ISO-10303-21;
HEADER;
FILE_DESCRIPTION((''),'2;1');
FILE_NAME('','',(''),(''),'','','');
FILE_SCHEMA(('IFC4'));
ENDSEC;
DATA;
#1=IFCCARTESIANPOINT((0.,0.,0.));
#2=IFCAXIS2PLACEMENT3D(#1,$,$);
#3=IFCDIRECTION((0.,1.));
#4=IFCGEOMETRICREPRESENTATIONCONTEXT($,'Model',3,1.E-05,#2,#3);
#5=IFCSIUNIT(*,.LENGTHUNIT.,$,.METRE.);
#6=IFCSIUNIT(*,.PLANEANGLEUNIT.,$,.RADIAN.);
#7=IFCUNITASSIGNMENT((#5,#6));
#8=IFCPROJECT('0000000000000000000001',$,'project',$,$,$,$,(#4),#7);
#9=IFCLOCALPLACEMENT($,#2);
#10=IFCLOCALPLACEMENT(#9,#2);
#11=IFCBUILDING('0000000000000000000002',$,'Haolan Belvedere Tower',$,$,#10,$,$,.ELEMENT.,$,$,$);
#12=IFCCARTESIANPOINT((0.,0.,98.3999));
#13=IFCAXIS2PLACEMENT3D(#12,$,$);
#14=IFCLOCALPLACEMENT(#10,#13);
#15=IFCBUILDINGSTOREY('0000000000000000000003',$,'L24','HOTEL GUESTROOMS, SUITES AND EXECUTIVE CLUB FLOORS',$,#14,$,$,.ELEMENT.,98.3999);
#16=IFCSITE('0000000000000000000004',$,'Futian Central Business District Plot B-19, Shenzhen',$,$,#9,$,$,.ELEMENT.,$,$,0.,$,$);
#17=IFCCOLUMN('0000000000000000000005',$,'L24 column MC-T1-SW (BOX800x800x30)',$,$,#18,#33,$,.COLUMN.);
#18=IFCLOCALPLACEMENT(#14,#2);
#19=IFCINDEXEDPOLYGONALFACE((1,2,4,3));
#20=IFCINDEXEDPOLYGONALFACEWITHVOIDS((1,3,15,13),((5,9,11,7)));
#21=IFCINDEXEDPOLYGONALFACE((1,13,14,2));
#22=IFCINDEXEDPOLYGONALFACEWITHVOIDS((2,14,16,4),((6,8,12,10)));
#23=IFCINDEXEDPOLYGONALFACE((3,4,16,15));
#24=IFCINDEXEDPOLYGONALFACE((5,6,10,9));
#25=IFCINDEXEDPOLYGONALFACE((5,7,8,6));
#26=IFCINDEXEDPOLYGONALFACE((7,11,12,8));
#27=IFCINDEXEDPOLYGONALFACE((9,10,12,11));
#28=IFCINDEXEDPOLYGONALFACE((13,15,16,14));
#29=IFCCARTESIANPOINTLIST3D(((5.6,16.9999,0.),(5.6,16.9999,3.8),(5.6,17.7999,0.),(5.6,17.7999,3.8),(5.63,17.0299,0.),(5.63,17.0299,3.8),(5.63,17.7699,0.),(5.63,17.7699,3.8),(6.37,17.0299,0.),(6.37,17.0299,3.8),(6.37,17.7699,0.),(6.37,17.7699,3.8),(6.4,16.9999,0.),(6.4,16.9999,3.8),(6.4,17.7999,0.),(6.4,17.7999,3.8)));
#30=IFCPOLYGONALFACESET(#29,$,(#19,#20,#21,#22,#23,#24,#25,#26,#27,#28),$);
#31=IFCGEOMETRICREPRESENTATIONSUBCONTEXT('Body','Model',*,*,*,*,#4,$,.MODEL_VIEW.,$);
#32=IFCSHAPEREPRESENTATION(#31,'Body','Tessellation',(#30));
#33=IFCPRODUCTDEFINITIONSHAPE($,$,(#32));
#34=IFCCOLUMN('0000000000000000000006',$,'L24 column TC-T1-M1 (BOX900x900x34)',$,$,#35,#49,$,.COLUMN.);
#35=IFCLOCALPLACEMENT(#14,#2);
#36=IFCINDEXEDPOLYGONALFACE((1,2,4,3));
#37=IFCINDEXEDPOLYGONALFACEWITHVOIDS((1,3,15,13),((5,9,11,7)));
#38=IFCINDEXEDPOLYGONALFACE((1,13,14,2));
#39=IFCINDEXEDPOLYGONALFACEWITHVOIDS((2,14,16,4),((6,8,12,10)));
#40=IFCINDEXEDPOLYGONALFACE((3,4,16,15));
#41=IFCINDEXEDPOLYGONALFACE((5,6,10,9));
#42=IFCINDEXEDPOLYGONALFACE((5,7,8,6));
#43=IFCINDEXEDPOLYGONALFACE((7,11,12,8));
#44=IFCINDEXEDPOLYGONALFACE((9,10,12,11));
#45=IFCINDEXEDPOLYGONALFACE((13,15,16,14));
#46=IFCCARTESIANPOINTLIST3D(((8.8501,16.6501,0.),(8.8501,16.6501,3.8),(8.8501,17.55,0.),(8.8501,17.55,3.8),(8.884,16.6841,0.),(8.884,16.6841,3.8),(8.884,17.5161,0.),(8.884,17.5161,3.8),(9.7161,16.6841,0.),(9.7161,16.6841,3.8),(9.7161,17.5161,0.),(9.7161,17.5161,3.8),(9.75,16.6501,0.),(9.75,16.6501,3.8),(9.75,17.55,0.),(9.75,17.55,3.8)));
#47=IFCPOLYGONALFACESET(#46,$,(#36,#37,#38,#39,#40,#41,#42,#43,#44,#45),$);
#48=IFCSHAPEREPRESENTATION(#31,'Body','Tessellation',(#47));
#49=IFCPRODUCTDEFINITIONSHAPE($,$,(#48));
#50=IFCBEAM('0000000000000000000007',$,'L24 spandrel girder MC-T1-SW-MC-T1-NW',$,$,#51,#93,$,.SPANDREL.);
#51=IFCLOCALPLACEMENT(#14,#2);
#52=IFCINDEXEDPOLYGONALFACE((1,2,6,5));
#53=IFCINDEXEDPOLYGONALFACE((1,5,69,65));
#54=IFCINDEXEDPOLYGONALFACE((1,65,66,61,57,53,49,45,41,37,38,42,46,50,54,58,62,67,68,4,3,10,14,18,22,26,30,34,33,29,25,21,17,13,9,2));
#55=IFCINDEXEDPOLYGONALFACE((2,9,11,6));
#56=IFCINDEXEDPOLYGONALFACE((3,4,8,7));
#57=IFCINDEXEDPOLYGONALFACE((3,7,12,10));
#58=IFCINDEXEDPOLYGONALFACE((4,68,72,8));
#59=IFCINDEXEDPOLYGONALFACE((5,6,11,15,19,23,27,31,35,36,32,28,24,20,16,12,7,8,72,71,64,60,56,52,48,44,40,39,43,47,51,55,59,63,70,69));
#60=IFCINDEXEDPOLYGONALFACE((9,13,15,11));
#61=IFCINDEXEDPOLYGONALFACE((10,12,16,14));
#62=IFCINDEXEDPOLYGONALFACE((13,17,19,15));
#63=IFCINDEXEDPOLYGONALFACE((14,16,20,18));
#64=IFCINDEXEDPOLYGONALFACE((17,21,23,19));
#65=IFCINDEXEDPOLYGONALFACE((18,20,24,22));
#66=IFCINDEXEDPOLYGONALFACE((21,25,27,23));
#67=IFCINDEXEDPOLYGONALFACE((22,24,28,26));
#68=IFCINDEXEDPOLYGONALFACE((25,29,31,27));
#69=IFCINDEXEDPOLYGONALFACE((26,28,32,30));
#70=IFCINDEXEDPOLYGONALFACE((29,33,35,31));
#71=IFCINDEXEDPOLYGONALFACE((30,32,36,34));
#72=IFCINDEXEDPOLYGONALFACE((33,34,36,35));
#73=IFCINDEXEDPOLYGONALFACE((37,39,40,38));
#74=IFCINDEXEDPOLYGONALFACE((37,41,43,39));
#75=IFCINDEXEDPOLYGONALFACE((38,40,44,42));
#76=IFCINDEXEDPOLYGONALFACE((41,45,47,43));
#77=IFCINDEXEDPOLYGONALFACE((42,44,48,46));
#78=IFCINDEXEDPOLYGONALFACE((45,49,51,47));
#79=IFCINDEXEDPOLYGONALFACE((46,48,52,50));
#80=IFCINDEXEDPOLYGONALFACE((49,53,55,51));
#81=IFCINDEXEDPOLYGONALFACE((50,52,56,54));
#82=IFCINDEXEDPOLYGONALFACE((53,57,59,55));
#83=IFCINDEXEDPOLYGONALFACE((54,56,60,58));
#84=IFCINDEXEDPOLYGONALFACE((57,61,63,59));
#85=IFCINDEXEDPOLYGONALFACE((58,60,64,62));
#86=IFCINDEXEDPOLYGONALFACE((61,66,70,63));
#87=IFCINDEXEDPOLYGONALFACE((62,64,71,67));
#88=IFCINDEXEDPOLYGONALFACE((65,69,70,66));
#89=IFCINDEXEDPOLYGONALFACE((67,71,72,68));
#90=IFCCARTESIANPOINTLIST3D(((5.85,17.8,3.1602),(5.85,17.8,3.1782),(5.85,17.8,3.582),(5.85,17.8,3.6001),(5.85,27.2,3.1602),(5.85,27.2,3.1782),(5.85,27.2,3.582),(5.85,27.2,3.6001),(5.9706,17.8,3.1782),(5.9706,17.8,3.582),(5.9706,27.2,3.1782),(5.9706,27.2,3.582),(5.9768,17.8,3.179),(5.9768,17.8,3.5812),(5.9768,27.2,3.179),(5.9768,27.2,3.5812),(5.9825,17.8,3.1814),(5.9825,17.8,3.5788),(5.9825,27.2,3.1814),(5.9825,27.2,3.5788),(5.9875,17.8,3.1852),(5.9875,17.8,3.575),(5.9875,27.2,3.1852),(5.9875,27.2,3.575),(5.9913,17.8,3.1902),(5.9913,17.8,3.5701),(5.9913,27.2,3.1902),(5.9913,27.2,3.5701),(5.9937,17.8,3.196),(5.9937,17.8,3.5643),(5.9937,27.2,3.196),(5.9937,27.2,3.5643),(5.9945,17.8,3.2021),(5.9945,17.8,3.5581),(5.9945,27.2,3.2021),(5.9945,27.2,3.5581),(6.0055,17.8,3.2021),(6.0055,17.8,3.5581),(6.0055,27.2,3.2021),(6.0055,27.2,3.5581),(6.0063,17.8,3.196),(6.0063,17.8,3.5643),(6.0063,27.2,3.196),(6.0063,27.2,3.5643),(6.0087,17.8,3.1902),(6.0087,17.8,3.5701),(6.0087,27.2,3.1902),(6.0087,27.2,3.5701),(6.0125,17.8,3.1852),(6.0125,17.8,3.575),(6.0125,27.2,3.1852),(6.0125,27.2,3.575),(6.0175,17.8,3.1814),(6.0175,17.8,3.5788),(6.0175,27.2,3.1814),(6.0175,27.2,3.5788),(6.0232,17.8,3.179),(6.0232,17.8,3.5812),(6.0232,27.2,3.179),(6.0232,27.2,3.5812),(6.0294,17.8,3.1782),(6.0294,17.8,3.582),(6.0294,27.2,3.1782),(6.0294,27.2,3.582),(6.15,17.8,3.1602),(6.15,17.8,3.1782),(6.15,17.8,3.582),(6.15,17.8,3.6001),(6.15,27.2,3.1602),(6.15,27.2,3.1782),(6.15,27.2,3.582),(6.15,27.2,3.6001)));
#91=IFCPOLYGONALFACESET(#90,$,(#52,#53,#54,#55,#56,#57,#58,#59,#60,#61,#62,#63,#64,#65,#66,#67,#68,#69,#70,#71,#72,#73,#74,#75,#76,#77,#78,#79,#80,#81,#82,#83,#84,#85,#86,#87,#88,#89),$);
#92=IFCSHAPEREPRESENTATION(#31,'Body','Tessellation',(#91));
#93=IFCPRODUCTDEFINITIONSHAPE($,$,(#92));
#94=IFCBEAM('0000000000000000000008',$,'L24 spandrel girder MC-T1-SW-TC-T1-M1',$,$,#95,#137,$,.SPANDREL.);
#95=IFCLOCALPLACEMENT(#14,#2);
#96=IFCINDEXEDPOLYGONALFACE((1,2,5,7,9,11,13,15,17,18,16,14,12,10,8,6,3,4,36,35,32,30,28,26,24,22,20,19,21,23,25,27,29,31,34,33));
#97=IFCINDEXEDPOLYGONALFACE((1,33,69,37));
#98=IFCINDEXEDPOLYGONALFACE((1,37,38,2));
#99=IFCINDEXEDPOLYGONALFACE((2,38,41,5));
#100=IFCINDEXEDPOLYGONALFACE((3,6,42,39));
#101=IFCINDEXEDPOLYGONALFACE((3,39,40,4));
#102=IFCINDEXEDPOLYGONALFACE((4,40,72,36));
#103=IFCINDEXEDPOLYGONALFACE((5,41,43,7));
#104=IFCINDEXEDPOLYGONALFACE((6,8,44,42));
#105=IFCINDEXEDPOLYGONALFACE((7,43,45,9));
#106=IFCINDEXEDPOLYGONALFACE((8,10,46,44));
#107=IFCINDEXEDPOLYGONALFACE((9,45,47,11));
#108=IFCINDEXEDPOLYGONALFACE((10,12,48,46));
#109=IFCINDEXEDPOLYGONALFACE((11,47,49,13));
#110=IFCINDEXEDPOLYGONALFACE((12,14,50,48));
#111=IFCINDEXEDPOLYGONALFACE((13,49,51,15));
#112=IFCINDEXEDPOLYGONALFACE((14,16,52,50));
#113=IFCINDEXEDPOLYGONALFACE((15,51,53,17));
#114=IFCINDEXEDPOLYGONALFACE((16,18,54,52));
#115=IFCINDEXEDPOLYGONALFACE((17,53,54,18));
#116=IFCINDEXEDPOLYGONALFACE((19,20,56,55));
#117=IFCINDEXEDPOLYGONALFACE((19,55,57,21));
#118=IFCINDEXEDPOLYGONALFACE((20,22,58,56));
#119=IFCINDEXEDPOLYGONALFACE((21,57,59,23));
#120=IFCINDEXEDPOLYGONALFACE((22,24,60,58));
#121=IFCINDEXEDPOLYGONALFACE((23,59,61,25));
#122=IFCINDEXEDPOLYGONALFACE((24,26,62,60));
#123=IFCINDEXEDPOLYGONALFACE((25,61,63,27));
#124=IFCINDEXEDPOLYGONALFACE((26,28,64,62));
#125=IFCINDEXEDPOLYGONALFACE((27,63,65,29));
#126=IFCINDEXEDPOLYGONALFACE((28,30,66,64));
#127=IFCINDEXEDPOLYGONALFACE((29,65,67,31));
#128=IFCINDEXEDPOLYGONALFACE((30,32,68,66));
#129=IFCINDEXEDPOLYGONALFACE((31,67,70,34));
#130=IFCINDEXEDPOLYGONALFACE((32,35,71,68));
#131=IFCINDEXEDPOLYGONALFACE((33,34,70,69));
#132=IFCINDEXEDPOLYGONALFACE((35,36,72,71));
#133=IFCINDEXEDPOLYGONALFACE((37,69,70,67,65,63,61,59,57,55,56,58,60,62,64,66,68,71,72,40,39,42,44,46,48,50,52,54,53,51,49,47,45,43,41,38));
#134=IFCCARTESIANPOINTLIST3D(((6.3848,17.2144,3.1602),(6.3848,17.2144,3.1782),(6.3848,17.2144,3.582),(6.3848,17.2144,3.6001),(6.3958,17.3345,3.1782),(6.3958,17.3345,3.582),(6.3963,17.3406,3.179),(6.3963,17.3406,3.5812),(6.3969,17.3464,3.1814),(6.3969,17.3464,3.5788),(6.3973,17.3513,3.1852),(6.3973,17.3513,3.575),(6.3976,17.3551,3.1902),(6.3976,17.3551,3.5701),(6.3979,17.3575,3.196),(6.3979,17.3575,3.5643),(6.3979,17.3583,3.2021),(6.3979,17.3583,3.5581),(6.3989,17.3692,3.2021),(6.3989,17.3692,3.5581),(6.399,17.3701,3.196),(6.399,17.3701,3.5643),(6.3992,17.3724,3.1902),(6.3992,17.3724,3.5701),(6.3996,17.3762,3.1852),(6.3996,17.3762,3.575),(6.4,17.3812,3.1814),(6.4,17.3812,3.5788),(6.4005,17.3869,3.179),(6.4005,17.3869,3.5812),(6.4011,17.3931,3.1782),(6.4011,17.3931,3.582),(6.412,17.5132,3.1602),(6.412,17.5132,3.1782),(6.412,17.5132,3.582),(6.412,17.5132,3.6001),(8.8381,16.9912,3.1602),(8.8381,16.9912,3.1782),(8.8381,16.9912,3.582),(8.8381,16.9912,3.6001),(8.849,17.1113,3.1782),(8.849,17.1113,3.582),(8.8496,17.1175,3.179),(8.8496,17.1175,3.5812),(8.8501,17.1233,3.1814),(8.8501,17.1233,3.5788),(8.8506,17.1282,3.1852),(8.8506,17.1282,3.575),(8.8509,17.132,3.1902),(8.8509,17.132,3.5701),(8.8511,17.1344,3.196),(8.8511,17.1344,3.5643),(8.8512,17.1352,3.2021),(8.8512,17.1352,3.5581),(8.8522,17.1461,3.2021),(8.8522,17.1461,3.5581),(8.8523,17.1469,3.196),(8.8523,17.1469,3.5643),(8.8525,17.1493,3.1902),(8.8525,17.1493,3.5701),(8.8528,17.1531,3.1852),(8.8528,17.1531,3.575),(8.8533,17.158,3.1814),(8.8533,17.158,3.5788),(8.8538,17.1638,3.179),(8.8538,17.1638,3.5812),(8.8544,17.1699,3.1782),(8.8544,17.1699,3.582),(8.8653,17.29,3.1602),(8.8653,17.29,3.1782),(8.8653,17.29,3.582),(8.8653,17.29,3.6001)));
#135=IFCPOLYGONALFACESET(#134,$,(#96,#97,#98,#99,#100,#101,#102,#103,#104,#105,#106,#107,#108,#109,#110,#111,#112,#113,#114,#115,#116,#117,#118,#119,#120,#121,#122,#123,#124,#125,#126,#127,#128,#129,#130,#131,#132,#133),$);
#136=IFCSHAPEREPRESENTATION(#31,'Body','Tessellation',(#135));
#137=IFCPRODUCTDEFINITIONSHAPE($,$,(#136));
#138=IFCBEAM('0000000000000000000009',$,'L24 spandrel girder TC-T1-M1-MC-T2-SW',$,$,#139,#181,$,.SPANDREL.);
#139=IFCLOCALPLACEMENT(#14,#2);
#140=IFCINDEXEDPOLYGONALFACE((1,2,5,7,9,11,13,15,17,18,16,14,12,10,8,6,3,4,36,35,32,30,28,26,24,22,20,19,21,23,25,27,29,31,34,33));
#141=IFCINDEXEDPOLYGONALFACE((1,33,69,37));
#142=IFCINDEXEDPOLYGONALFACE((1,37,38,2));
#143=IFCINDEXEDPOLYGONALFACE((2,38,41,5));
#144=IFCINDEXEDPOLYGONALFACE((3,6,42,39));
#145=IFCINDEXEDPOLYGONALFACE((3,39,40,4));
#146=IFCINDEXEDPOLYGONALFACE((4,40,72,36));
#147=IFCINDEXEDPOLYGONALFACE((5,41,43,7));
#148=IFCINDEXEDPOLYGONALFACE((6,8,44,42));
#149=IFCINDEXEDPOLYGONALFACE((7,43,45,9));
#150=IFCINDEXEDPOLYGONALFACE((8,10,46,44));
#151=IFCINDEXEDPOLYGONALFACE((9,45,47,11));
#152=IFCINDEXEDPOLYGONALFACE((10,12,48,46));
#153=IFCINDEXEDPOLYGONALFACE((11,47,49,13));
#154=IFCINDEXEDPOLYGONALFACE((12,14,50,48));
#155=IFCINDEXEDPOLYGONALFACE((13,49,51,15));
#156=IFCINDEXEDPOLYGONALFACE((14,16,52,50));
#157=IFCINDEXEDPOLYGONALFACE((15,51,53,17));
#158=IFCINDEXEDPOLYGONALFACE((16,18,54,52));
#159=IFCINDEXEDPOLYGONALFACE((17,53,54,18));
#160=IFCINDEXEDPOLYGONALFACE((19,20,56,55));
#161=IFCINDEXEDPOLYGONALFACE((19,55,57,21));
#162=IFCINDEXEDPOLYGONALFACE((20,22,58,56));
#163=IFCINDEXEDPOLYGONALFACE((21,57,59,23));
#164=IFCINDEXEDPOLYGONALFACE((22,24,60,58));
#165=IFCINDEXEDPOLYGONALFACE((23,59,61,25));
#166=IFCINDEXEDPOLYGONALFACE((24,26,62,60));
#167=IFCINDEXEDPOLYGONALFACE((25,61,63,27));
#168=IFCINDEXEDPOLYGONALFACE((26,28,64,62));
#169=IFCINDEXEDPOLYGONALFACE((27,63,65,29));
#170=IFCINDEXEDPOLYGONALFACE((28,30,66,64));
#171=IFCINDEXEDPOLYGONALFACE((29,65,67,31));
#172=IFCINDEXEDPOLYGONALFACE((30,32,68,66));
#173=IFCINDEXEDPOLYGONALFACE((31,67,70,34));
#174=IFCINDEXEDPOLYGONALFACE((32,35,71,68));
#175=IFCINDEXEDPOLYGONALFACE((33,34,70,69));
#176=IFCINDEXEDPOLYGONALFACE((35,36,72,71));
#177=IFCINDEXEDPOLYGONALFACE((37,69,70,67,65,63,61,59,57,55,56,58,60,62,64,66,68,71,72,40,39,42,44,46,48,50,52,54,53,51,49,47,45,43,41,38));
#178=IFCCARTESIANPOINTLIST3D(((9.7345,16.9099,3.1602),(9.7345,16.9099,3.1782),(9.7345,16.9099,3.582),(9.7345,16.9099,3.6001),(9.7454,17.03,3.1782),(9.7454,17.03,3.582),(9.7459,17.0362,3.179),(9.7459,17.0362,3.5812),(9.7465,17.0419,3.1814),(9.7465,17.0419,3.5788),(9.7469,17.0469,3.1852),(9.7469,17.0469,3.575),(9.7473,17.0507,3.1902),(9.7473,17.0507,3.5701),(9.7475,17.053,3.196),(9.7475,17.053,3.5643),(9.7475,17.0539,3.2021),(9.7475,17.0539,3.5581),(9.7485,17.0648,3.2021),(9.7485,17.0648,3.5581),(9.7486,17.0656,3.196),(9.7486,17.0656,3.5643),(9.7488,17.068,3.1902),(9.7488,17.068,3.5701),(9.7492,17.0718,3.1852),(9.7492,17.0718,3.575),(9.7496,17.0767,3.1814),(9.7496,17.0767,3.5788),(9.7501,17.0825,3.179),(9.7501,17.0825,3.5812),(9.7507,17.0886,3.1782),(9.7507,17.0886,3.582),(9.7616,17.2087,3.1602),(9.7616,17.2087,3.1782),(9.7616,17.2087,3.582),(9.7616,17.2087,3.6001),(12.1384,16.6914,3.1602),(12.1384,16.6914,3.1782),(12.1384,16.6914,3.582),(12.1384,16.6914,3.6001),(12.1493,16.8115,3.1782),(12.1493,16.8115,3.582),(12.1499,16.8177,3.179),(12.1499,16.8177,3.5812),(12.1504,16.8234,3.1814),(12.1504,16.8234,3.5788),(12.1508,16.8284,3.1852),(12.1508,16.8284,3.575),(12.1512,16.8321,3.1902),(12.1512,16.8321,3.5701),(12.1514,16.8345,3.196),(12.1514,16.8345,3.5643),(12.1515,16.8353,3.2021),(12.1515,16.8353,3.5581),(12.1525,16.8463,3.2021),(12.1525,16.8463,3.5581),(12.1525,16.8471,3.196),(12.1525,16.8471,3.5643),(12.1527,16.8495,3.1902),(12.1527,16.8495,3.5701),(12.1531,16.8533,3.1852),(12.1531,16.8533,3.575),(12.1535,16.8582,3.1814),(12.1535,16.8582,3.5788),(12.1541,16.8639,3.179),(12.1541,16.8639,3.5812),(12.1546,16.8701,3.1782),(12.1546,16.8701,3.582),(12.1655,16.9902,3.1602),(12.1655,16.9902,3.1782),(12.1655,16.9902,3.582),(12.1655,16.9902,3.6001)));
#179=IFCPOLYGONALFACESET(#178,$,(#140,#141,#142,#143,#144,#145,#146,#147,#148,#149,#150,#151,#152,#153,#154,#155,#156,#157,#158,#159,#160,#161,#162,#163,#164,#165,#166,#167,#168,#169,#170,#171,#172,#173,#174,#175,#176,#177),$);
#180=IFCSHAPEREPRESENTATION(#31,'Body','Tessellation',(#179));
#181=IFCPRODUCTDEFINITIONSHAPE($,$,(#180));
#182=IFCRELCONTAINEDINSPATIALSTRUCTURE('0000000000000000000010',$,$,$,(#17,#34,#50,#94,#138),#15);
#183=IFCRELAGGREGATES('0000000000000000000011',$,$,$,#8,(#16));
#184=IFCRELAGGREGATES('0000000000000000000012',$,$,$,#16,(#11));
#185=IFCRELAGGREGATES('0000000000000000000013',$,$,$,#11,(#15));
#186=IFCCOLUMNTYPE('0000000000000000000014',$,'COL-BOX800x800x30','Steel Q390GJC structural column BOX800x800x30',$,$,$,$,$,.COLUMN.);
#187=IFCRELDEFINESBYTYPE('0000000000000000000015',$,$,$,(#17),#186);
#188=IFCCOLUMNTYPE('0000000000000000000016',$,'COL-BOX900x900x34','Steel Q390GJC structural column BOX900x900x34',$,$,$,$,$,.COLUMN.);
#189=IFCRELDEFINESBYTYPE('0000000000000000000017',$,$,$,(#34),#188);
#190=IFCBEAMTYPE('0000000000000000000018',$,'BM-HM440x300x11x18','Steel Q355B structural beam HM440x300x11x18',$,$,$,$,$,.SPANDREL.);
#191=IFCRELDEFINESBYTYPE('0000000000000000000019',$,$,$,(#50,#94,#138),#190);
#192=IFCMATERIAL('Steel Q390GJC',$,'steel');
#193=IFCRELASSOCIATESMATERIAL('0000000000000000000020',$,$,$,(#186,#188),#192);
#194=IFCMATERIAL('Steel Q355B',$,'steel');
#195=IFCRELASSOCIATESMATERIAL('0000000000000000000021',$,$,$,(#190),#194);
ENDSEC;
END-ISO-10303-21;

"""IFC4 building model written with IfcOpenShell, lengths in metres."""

from ifc_helpers import new_model, si_unit, direction, frame, origin, origin_2d, place, context, subcontext, project, spatial, hollow_rectangle, i_section, extrude, material, material_profile, profile_set, type_object, element, save


model = new_model("IFC4")

# Units and contexts
model_context = context("Model", 3, precision=1e-05, world=origin(), true_north=direction((0.0, 1.0)))
body_context = subcontext(model_context, "Body", "Model", "MODEL_VIEW")
ifc_project = project(units=[si_unit("LENGTHUNIT", "METRE"), si_unit("PLANEANGLEUNIT", "RADIAN")], contexts=[model_context])

# Site, building, storey
site_placement = place(None, origin())
site = spatial("IfcSite", under=ifc_project, at=site_placement, Name="Futian Central Business District Plot B-19, Shenzhen", CompositionType="ELEMENT", RefElevation=0.0)
building_placement = place(site_placement, origin())
building = spatial("IfcBuilding", under=site, at=building_placement, Name="Haolan Belvedere Tower", CompositionType="ELEMENT")
storey_placement = place(building_placement, frame((0.0, 0.0, 98.3999)))
storey = spatial("IfcBuildingStorey", under=building, at=storey_placement, Name="L24", Description="HOTEL GUESTROOMS, SUITES AND EXECUTIVE CLUB FLOORS", CompositionType="ELEMENT", Elevation=98.3999)

# Columns
ifc_material_1 = material(Name="Steel Q390GJC", Category="steel")
ifc_material_profile_1 = material_profile(ifc_material_1, hollow_rectangle(XDim=0.8, YDim=0.8, WallThickness=0.03, at=origin_2d()), Name="Steel Q390GJC")
ifc_profile_set_1 = profile_set([ifc_material_profile_1], Name="Steel Q390GJC")
column_type_1 = type_object("IfcColumnType", Name="COL-BOX800x800x30", Description="Steel Q390GJC structural column BOX800x800x30", PredefinedType="COLUMN", material=ifc_profile_set_1)
column_1_placement = place(storey_placement, frame((6.0, 17.3999, 0.0), z_axis=(0.0, 0.0, 1.0), x_axis=(1.0, 0.0, 0.0)))
element("IfcColumn", 1, at=column_1_placement, inside=storey, type_object=column_type_1, Name="L24 column MC-T1-SW (BOX800x800x30)", PredefinedType="COLUMN", context=body_context, shape_type="SweptSolid", body=[
    extrude(hollow_rectangle(XDim=0.8, YDim=0.8, WallThickness=0.03, at=origin_2d()), origin(), (0.0, 0.0, 1.0), 3.8),
])
ifc_material_profile_2 = material_profile(ifc_material_1, hollow_rectangle(XDim=0.8999, YDim=0.8999, WallThickness=0.0339, at=origin_2d()), Name="Steel Q390GJC")
ifc_profile_set_2 = profile_set([ifc_material_profile_2], Name="Steel Q390GJC")
column_type_2 = type_object("IfcColumnType", Name="COL-BOX900x900x34", Description="Steel Q390GJC structural column BOX900x900x34", PredefinedType="COLUMN", material=ifc_profile_set_2)
column_2_placement = place(storey_placement, frame((9.3, 17.1001, 0.0), z_axis=(0.0, 0.0, 1.0), x_axis=(1.0, 0.0, 0.0)))
element("IfcColumn", 2, at=column_2_placement, inside=storey, type_object=column_type_2, Name="L24 column TC-T1-M1 (BOX900x900x34)", PredefinedType="COLUMN", context=body_context, shape_type="SweptSolid", body=[
    extrude(hollow_rectangle(XDim=0.8999, YDim=0.8999, WallThickness=0.0339, at=origin_2d()), origin(), (0.0, 0.0, 1.0), 3.8),
])

# Beams
ifc_material_2 = material(Name="Steel Q355B", Category="steel")
ifc_material_profile_3 = material_profile(ifc_material_2, i_section(OverallWidth=0.3, OverallDepth=0.4399, WebThickness=0.011, FlangeThickness=0.0181, FilletRadius=0.0239, at=origin_2d()), Name="Steel Q355B")
ifc_profile_set_3 = profile_set([ifc_material_profile_3], Name="Steel Q355B")
beam_type = type_object("IfcBeamType", Name="BM-HM440x300x11x18", Description="Steel Q355B structural beam HM440x300x11x18", PredefinedType="SPANDREL", material=ifc_profile_set_3)
beam_1_placement = place(storey_placement, frame((6.0, 17.8, 3.3801), z_axis=(0.0, 1.0, 0.0), x_axis=(-1.0, 0.0, 0.0)))
element("IfcBeam", 3, at=beam_1_placement, inside=storey, type_object=beam_type, Name="L24 spandrel girder MC-T1-SW-MC-T1-NW", PredefinedType="SPANDREL", context=body_context, shape_type="SweptSolid", body=[
    extrude(i_section(OverallWidth=0.3, OverallDepth=0.4399, WebThickness=0.011, FlangeThickness=0.0181, FilletRadius=0.0239, at=origin_2d()), origin(), (0.0, 0.0, 1.0), 9.3999),
])
beam_2_placement = place(storey_placement, frame((6.3984, 17.3638, 3.3801), z_axis=(0.995889, -0.09058, 0.0), x_axis=(0.09058, 0.995889, 0.0)))
element("IfcBeam", 4, at=beam_2_placement, inside=storey, type_object=beam_type, Name="L24 spandrel girder MC-T1-SW-TC-T1-M1", PredefinedType="SPANDREL", context=body_context, shape_type="SweptSolid", body=[
    extrude(i_section(OverallWidth=0.3, OverallDepth=0.4399, WebThickness=0.011, FlangeThickness=0.0181, FilletRadius=0.0239, at=origin_2d()), origin(), (0.0, 0.0, 1.0), 2.4634),
])
beam_3_placement = place(storey_placement, frame((9.748, 17.0593, 3.3801), z_axis=(0.995894, -0.090527, 0.0), x_axis=(0.090527, 0.995894, 0.0)))
element("IfcBeam", 5, at=beam_3_placement, inside=storey, type_object=beam_type, Name="L24 spandrel girder TC-T1-M1-MC-T2-SW", PredefinedType="SPANDREL", context=body_context, shape_type="SweptSolid", body=[
    extrude(i_section(OverallWidth=0.3, OverallDepth=0.4399, WebThickness=0.011, FlangeThickness=0.0181, FilletRadius=0.0239, at=origin_2d()), origin(), (0.0, 0.0, 1.0), 2.4138),
])

save(model, "model.ifc")
